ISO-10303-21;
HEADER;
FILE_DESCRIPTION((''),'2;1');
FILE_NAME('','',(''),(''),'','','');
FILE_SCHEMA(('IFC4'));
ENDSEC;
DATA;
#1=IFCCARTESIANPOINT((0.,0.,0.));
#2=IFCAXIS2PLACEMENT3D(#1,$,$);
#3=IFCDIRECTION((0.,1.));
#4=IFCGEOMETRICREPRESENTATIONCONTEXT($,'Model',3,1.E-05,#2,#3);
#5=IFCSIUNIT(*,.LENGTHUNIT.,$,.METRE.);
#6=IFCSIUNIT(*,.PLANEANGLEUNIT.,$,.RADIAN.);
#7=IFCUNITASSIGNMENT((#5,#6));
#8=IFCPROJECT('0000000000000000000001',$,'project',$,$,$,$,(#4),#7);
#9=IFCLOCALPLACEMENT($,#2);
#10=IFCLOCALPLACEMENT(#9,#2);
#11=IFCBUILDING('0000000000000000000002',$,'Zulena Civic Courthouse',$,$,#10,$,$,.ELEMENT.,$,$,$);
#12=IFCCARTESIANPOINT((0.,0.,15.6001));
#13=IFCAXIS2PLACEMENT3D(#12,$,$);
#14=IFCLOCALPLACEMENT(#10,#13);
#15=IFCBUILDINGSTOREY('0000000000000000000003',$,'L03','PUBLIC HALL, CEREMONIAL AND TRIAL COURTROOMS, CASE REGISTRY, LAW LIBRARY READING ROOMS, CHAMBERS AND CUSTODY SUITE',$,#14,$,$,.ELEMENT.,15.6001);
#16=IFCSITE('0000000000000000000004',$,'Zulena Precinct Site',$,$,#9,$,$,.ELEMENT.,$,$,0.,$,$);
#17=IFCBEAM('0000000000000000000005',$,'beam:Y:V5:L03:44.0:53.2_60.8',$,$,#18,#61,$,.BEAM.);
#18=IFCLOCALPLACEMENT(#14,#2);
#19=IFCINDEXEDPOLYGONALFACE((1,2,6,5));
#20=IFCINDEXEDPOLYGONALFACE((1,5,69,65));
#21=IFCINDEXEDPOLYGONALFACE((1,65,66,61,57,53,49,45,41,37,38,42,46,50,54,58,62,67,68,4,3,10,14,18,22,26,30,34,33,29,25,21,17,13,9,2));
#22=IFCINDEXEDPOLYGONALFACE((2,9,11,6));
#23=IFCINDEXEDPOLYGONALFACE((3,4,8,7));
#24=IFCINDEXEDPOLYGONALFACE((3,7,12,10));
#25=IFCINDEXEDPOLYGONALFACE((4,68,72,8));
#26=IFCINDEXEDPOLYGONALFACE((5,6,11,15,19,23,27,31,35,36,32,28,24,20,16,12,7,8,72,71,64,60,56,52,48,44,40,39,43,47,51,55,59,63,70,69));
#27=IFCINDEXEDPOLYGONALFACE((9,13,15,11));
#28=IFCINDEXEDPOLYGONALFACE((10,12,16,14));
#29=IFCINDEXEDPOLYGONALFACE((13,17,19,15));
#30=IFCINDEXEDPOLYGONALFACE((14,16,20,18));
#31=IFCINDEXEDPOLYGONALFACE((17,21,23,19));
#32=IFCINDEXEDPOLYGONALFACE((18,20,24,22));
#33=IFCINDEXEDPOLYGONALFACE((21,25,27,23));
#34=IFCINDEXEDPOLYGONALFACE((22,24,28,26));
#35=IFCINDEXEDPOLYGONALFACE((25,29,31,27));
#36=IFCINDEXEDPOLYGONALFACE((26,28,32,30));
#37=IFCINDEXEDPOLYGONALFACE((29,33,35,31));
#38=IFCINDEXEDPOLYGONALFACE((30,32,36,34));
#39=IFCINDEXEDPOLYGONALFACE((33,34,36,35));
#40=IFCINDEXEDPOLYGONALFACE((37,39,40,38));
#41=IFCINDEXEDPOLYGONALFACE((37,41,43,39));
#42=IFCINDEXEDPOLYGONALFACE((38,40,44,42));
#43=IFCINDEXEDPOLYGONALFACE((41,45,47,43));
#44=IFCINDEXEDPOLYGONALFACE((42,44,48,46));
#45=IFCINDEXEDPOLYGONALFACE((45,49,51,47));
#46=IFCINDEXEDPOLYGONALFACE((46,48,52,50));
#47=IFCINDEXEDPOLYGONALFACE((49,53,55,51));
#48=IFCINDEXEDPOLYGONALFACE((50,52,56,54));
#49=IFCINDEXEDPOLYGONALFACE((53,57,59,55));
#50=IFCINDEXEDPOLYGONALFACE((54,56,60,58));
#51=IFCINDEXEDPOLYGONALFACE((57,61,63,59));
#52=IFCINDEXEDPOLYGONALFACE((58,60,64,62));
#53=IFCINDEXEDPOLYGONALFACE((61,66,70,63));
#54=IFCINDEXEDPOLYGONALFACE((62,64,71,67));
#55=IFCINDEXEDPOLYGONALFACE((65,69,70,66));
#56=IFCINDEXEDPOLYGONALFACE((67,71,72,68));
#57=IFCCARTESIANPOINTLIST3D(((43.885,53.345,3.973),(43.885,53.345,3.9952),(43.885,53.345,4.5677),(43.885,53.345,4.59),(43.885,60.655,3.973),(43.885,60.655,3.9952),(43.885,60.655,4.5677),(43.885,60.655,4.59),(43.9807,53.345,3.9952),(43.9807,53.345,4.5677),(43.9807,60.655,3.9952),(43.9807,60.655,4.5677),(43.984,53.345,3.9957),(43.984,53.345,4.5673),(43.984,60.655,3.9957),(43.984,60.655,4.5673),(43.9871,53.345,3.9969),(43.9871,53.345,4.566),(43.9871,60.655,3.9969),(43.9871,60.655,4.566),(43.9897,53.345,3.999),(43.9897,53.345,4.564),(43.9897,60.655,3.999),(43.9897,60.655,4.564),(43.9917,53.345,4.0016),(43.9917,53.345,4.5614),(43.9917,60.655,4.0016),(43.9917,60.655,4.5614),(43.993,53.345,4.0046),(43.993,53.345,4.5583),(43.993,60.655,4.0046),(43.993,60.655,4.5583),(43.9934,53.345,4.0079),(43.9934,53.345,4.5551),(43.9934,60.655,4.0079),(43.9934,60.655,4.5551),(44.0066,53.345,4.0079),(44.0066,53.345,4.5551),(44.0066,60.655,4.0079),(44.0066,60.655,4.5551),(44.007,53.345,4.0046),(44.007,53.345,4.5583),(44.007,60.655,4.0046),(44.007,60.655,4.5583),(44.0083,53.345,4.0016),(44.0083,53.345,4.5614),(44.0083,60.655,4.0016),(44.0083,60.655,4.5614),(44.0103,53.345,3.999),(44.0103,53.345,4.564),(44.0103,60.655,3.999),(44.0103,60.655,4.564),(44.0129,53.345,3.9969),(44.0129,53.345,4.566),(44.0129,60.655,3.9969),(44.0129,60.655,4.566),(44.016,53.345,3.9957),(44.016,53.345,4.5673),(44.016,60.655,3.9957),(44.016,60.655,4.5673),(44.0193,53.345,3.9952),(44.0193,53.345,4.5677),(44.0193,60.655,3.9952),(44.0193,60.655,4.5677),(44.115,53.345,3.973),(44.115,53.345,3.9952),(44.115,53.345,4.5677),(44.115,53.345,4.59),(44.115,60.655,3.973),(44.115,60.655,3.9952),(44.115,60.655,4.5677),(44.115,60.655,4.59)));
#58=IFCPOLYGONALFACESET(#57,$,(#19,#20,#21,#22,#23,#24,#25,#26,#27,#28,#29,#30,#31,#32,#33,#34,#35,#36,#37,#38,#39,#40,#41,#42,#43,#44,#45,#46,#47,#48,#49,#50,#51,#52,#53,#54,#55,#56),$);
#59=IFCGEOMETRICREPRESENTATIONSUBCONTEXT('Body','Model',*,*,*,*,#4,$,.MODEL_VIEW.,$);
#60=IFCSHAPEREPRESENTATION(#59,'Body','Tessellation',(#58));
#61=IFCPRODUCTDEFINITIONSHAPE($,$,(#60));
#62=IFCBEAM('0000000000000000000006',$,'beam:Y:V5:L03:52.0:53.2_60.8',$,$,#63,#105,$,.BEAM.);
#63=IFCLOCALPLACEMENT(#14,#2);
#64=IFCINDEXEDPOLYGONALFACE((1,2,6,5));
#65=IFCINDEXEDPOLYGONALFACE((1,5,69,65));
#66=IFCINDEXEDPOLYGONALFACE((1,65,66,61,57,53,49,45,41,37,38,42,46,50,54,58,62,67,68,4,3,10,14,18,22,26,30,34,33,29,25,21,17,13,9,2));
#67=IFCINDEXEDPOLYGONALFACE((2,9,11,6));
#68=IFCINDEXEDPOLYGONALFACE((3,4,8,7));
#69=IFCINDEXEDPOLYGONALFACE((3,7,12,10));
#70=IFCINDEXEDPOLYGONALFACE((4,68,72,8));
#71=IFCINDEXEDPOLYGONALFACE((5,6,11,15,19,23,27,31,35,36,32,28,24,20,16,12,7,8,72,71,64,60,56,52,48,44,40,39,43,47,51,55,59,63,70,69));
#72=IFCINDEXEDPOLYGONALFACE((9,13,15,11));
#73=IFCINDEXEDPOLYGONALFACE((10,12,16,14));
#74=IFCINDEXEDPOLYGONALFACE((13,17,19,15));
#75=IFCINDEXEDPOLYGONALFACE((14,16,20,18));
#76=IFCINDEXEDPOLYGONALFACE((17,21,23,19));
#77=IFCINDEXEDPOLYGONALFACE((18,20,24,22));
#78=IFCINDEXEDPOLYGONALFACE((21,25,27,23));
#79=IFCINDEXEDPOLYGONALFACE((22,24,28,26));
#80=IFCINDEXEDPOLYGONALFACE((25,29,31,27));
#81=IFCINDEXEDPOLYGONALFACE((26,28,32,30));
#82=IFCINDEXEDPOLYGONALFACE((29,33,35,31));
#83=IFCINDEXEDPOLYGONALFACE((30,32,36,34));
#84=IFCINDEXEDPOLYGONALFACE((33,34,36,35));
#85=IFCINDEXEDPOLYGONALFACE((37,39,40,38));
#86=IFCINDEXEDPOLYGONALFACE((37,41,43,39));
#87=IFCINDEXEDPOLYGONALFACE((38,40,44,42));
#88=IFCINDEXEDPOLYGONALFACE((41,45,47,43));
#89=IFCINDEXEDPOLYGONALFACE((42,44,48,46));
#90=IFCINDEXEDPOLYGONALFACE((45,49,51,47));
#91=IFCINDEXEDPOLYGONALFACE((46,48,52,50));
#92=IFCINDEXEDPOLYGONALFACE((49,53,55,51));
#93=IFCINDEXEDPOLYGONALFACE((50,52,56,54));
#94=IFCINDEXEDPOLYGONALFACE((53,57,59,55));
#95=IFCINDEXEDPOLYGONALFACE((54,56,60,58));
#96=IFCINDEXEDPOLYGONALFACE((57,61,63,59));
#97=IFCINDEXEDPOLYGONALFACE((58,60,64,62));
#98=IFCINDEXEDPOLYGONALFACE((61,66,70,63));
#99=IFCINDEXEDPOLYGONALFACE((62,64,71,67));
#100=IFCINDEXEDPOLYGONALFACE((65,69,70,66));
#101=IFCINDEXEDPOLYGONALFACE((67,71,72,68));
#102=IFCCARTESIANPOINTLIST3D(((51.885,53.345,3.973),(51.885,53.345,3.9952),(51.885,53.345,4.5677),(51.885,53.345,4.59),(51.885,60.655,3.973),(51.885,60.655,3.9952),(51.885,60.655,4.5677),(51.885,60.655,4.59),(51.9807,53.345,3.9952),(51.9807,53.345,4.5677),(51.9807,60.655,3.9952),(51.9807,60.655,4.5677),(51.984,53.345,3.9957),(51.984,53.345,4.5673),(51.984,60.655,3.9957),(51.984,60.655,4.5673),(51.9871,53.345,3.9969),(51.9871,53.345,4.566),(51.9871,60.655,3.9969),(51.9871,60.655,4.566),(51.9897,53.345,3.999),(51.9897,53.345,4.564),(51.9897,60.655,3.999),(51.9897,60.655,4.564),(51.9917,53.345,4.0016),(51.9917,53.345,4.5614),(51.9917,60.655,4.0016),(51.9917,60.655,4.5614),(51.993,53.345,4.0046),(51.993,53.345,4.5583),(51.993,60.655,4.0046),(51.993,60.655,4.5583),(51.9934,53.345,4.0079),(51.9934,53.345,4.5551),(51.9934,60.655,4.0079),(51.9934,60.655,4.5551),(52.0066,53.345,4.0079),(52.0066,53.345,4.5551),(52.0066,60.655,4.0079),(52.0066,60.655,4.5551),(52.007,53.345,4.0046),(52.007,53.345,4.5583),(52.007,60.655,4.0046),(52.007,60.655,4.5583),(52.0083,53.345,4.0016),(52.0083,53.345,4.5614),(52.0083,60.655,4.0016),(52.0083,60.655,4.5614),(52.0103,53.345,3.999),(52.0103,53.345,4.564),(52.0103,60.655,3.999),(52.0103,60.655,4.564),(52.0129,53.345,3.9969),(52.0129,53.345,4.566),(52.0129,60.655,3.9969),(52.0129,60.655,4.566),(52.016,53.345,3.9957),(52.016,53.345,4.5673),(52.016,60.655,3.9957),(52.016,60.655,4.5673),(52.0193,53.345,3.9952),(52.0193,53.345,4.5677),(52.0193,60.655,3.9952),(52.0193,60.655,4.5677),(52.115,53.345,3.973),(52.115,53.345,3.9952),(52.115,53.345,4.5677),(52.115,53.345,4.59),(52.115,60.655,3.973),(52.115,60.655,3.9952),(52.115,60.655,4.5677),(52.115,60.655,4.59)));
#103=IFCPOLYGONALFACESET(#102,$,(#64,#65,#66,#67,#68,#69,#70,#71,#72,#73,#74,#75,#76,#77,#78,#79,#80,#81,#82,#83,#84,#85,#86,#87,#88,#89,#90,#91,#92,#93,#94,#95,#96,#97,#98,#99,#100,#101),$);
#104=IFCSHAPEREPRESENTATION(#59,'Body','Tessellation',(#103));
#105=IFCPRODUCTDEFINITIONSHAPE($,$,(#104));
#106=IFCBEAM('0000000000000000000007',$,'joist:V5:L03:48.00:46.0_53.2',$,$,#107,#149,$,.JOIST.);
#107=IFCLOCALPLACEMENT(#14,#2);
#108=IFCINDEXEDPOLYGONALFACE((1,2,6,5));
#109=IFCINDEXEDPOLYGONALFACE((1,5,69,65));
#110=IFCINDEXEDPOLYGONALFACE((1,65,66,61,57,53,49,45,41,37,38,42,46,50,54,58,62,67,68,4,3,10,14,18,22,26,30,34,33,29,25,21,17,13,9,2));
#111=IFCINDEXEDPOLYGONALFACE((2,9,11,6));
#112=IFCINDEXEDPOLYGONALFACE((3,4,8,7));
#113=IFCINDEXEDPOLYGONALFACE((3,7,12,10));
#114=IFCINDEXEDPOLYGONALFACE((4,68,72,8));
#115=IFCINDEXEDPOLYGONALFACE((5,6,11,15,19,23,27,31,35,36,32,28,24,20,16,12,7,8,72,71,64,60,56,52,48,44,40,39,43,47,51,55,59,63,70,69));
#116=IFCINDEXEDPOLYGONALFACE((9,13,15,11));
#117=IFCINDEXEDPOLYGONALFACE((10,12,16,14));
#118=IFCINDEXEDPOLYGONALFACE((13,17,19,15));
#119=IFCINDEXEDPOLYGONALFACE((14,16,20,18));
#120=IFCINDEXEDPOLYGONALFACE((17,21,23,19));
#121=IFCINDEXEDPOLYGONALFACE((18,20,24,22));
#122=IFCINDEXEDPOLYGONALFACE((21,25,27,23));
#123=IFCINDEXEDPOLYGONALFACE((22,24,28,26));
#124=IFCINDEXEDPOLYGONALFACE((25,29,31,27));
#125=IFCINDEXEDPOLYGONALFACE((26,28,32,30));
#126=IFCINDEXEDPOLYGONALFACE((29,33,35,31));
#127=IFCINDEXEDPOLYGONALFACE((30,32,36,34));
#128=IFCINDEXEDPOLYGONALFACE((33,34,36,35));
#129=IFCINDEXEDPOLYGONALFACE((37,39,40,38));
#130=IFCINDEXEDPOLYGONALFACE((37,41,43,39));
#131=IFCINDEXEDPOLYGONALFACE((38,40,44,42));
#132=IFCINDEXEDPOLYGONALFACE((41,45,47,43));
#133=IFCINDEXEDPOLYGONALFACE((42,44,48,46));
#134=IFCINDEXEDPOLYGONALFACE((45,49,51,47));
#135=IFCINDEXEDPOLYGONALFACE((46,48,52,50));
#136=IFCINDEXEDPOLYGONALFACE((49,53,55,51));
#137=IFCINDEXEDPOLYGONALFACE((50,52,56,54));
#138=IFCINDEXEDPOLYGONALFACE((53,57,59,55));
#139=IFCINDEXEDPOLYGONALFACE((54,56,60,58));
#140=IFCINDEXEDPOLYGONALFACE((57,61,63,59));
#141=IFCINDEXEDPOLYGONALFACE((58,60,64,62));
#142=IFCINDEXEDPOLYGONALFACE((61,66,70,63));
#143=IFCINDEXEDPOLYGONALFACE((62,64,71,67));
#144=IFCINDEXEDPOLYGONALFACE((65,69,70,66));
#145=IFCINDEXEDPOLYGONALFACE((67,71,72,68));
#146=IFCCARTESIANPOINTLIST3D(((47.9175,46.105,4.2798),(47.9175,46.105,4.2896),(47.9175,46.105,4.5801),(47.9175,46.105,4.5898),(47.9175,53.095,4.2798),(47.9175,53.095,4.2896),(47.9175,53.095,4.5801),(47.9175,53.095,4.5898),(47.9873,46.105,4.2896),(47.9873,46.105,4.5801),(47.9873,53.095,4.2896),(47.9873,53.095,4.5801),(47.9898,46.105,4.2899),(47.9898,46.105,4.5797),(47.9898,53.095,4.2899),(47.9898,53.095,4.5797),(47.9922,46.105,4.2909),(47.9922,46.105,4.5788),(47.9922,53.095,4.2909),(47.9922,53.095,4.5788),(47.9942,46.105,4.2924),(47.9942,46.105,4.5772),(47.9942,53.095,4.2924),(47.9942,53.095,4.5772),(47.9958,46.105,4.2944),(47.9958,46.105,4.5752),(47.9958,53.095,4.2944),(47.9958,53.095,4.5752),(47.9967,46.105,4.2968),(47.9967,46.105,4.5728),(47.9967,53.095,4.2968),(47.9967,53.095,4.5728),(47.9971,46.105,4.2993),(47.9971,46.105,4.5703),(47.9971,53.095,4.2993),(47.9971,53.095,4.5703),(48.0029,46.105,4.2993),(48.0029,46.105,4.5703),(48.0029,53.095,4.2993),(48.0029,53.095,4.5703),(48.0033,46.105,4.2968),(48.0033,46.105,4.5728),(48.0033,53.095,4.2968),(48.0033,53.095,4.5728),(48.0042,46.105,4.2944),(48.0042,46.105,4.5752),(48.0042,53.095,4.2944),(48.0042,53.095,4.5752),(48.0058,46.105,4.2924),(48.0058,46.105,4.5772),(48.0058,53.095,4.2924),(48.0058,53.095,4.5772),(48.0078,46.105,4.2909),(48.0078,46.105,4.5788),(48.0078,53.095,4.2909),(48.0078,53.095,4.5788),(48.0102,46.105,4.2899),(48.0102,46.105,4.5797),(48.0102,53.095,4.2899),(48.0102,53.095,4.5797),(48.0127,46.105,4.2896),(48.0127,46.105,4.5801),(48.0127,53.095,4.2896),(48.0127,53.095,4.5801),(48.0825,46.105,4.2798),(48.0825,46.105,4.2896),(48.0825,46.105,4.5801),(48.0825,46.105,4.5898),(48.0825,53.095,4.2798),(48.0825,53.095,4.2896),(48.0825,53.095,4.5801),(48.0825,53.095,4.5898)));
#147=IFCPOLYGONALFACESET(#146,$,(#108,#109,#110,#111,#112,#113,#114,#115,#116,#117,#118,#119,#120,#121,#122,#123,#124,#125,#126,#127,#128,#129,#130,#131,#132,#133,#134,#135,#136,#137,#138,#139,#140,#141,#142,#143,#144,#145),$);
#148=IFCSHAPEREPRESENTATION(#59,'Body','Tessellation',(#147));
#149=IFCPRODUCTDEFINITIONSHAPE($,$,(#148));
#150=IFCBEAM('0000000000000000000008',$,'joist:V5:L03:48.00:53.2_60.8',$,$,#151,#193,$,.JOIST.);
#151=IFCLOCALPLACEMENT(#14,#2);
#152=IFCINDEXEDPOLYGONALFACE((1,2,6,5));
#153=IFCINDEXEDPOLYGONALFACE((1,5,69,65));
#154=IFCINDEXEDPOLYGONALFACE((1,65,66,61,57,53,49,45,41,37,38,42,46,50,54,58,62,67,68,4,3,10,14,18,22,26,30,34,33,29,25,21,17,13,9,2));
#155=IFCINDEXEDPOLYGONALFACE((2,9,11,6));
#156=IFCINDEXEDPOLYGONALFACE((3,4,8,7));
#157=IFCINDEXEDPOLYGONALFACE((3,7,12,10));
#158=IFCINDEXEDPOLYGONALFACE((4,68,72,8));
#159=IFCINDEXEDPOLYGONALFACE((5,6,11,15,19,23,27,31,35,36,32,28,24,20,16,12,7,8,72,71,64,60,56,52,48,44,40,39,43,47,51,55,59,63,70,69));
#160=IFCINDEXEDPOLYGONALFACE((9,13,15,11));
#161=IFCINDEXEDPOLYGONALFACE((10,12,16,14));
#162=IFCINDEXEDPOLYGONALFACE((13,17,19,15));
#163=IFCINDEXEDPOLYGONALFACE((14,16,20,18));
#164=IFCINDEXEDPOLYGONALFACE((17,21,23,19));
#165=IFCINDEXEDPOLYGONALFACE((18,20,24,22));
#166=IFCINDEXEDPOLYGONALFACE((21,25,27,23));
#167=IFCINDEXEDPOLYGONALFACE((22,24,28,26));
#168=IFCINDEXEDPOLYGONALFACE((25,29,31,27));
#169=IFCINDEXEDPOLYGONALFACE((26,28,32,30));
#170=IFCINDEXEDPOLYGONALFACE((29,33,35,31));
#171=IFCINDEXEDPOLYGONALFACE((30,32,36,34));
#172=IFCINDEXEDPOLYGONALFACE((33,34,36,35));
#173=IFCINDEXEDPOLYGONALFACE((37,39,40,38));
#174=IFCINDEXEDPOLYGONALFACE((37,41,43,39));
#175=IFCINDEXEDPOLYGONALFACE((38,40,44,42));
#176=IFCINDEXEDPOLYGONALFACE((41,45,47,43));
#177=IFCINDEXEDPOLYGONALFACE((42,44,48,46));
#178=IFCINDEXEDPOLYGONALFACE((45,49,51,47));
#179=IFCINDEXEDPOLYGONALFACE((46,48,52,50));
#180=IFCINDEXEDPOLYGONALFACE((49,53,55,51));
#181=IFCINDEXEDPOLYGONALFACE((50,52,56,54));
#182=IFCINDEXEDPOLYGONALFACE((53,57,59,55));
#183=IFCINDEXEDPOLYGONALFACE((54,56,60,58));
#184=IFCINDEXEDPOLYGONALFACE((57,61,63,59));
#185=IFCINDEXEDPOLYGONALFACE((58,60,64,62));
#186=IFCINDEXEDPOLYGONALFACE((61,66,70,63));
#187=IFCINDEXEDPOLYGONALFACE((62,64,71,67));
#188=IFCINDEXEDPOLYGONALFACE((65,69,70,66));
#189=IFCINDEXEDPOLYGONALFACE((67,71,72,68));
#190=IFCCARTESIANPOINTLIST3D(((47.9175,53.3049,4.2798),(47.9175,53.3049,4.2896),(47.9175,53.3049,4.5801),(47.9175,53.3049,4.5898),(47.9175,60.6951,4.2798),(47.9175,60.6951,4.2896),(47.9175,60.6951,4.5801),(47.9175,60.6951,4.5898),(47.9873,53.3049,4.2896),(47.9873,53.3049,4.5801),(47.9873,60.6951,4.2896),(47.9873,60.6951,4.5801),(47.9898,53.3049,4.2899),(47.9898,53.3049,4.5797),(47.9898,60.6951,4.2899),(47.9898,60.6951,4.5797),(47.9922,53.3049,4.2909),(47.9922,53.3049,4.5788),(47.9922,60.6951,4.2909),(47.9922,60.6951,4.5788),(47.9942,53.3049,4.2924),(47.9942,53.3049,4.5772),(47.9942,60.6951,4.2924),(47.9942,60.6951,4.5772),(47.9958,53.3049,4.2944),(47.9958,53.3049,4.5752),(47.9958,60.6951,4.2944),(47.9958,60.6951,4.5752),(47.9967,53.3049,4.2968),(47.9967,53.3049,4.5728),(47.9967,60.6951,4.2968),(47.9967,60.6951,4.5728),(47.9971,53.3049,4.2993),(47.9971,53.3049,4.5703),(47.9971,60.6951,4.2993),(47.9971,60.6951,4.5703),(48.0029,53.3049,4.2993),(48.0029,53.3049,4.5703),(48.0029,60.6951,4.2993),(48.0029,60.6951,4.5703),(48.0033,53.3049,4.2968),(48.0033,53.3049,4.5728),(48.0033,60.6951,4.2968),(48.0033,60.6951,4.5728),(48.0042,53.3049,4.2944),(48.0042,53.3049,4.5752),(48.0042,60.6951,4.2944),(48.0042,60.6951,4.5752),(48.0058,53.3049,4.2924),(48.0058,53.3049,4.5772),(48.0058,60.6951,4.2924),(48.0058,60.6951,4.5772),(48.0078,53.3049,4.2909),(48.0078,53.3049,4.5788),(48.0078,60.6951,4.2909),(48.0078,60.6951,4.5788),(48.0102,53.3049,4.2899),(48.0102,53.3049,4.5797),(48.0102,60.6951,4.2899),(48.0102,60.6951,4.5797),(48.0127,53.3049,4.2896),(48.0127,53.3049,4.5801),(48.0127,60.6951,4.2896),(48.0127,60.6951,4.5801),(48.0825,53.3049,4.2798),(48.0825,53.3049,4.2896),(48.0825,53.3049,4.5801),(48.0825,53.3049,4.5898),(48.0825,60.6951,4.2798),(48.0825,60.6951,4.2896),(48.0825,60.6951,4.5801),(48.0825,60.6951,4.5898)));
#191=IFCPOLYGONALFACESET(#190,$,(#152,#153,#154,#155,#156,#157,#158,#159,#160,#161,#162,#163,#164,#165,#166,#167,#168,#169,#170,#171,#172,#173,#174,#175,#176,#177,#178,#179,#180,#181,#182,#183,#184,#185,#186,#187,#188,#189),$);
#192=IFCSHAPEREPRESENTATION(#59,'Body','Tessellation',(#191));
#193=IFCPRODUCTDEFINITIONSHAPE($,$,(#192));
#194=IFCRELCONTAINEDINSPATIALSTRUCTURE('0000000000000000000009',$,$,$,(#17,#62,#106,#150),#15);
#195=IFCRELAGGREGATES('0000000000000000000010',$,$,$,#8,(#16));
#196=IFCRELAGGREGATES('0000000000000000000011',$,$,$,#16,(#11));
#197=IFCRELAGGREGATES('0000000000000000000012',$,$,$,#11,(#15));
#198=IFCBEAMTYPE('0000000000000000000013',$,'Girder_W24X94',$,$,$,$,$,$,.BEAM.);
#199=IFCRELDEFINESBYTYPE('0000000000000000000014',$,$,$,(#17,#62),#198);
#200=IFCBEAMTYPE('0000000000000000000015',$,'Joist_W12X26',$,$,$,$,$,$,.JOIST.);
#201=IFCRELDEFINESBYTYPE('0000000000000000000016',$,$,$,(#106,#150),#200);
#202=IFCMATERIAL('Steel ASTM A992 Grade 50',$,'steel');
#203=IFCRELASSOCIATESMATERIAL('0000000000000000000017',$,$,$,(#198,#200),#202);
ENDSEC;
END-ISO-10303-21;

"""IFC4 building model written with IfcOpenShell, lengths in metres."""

from ifc_helpers import new_model, si_unit, direction, frame, origin, origin_2d, place, context, subcontext, project, spatial, i_section, extrude, material, material_profile, profile_set, type_object, element, save


model = new_model("IFC4")

# Units and contexts
model_context = context("Model", 3, precision=1e-05, world=origin(), true_north=direction((0.0, 1.0)))
body_context = subcontext(model_context, "Body", "Model", "MODEL_VIEW")
ifc_project = project(units=[si_unit("LENGTHUNIT", "METRE"), si_unit("PLANEANGLEUNIT", "RADIAN")], contexts=[model_context])

# Site, building, storey
site_placement = place(None, origin())
site = spatial("IfcSite", under=ifc_project, at=site_placement, Name="Zulena Precinct Site", CompositionType="ELEMENT", RefElevation=0.0)
building_placement = place(site_placement, origin())
building = spatial("IfcBuilding", under=site, at=building_placement, Name="Zulena Civic Courthouse", CompositionType="ELEMENT")
storey_placement = place(building_placement, frame((0.0, 0.0, 15.6001)))
storey = spatial("IfcBuildingStorey", under=building, at=storey_placement, Name="L03", Description="PUBLIC HALL, CEREMONIAL AND TRIAL COURTROOMS, CASE REGISTRY, LAW LIBRARY READING ROOMS, CHAMBERS AND CUSTODY SUITE", CompositionType="ELEMENT", Elevation=15.6001)

# Shared definitions
ifc_material_1 = material(Name="Steel ASTM A992 Grade 50", Category="steel")

# Beams
ifc_material_profile_1 = material_profile(ifc_material_1, i_section(OverallWidth=0.23, OverallDepth=0.6169, WebThickness=0.0132, FlangeThickness=0.0222, FilletRadius=0.0127, at=origin_2d()), Name="W24X94")
ifc_profile_set_1 = profile_set([ifc_material_profile_1], Name="Steel ASTM A992 Grade 50")
beam_type_1 = type_object("IfcBeamType", Name="Girder_W24X94", PredefinedType="BEAM", material=ifc_profile_set_1)
for number, where, z_axis, x_axis, name in (
    (1, (44.0, 53.345, 4.2815), (0.0, 1.0, 0.0), (-1.0, 0.0, 0.0), "beam:Y:V5:L03:44.0:53.2_60.8"),
    (2, (52.0, 53.345, 4.2815), (0.0, 1.0, 0.0), (-1.0, 0.0, 0.0), "beam:Y:V5:L03:52.0:53.2_60.8"),
):
    element("IfcBeam", number, at=place(storey_placement, frame(where, z_axis=z_axis, x_axis=x_axis)), inside=storey, type_object=beam_type_1, Name=name, PredefinedType="BEAM", context=body_context, shape_type="SweptSolid", body=[
        extrude(i_section(OverallWidth=0.23, OverallDepth=0.6169, WebThickness=0.0132, FlangeThickness=0.0222, FilletRadius=0.0127, at=origin_2d()), origin(), (0.0, 0.0, 1.0), 7.3101),
    ])
ifc_material_profile_2 = material_profile(ifc_material_1, i_section(OverallWidth=0.165, OverallDepth=0.3101, WebThickness=0.0059, FlangeThickness=0.0098, FilletRadius=0.0098, at=origin_2d()), Name="W12X26")
ifc_profile_set_2 = profile_set([ifc_material_profile_2], Name="Steel ASTM A992 Grade 50")
beam_type_2 = type_object("IfcBeamType", Name="Joist_W12X26", PredefinedType="JOIST", material=ifc_profile_set_2)
beam_1_placement = place(storey_placement, frame((48.0, 46.105, 4.4348), z_axis=(0.0, 1.0, 0.0), x_axis=(-1.0, 0.0, 0.0)))
element("IfcBeam", 3, at=beam_1_placement, inside=storey, type_object=beam_type_2, Name="joist:V5:L03:48.00:46.0_53.2", PredefinedType="JOIST", context=body_context, shape_type="SweptSolid", body=[
    extrude(i_section(OverallWidth=0.165, OverallDepth=0.3101, WebThickness=0.0059, FlangeThickness=0.0098, FilletRadius=0.0098, at=origin_2d()), origin(), (0.0, 0.0, 1.0), 6.99),
])
beam_2_placement = place(storey_placement, frame((48.0, 53.3049, 4.4348), z_axis=(0.0, 1.0, 0.0), x_axis=(-1.0, 0.0, 0.0)))
element("IfcBeam", 4, at=beam_2_placement, inside=storey, type_object=beam_type_2, Name="joist:V5:L03:48.00:53.2_60.8", PredefinedType="JOIST", context=body_context, shape_type="SweptSolid", body=[
    extrude(i_section(OverallWidth=0.165, OverallDepth=0.3101, WebThickness=0.0059, FlangeThickness=0.0098, FilletRadius=0.0098, at=origin_2d()), origin(), (0.0, 0.0, 1.0), 7.3901),
])

save(model, "model.ifc")
